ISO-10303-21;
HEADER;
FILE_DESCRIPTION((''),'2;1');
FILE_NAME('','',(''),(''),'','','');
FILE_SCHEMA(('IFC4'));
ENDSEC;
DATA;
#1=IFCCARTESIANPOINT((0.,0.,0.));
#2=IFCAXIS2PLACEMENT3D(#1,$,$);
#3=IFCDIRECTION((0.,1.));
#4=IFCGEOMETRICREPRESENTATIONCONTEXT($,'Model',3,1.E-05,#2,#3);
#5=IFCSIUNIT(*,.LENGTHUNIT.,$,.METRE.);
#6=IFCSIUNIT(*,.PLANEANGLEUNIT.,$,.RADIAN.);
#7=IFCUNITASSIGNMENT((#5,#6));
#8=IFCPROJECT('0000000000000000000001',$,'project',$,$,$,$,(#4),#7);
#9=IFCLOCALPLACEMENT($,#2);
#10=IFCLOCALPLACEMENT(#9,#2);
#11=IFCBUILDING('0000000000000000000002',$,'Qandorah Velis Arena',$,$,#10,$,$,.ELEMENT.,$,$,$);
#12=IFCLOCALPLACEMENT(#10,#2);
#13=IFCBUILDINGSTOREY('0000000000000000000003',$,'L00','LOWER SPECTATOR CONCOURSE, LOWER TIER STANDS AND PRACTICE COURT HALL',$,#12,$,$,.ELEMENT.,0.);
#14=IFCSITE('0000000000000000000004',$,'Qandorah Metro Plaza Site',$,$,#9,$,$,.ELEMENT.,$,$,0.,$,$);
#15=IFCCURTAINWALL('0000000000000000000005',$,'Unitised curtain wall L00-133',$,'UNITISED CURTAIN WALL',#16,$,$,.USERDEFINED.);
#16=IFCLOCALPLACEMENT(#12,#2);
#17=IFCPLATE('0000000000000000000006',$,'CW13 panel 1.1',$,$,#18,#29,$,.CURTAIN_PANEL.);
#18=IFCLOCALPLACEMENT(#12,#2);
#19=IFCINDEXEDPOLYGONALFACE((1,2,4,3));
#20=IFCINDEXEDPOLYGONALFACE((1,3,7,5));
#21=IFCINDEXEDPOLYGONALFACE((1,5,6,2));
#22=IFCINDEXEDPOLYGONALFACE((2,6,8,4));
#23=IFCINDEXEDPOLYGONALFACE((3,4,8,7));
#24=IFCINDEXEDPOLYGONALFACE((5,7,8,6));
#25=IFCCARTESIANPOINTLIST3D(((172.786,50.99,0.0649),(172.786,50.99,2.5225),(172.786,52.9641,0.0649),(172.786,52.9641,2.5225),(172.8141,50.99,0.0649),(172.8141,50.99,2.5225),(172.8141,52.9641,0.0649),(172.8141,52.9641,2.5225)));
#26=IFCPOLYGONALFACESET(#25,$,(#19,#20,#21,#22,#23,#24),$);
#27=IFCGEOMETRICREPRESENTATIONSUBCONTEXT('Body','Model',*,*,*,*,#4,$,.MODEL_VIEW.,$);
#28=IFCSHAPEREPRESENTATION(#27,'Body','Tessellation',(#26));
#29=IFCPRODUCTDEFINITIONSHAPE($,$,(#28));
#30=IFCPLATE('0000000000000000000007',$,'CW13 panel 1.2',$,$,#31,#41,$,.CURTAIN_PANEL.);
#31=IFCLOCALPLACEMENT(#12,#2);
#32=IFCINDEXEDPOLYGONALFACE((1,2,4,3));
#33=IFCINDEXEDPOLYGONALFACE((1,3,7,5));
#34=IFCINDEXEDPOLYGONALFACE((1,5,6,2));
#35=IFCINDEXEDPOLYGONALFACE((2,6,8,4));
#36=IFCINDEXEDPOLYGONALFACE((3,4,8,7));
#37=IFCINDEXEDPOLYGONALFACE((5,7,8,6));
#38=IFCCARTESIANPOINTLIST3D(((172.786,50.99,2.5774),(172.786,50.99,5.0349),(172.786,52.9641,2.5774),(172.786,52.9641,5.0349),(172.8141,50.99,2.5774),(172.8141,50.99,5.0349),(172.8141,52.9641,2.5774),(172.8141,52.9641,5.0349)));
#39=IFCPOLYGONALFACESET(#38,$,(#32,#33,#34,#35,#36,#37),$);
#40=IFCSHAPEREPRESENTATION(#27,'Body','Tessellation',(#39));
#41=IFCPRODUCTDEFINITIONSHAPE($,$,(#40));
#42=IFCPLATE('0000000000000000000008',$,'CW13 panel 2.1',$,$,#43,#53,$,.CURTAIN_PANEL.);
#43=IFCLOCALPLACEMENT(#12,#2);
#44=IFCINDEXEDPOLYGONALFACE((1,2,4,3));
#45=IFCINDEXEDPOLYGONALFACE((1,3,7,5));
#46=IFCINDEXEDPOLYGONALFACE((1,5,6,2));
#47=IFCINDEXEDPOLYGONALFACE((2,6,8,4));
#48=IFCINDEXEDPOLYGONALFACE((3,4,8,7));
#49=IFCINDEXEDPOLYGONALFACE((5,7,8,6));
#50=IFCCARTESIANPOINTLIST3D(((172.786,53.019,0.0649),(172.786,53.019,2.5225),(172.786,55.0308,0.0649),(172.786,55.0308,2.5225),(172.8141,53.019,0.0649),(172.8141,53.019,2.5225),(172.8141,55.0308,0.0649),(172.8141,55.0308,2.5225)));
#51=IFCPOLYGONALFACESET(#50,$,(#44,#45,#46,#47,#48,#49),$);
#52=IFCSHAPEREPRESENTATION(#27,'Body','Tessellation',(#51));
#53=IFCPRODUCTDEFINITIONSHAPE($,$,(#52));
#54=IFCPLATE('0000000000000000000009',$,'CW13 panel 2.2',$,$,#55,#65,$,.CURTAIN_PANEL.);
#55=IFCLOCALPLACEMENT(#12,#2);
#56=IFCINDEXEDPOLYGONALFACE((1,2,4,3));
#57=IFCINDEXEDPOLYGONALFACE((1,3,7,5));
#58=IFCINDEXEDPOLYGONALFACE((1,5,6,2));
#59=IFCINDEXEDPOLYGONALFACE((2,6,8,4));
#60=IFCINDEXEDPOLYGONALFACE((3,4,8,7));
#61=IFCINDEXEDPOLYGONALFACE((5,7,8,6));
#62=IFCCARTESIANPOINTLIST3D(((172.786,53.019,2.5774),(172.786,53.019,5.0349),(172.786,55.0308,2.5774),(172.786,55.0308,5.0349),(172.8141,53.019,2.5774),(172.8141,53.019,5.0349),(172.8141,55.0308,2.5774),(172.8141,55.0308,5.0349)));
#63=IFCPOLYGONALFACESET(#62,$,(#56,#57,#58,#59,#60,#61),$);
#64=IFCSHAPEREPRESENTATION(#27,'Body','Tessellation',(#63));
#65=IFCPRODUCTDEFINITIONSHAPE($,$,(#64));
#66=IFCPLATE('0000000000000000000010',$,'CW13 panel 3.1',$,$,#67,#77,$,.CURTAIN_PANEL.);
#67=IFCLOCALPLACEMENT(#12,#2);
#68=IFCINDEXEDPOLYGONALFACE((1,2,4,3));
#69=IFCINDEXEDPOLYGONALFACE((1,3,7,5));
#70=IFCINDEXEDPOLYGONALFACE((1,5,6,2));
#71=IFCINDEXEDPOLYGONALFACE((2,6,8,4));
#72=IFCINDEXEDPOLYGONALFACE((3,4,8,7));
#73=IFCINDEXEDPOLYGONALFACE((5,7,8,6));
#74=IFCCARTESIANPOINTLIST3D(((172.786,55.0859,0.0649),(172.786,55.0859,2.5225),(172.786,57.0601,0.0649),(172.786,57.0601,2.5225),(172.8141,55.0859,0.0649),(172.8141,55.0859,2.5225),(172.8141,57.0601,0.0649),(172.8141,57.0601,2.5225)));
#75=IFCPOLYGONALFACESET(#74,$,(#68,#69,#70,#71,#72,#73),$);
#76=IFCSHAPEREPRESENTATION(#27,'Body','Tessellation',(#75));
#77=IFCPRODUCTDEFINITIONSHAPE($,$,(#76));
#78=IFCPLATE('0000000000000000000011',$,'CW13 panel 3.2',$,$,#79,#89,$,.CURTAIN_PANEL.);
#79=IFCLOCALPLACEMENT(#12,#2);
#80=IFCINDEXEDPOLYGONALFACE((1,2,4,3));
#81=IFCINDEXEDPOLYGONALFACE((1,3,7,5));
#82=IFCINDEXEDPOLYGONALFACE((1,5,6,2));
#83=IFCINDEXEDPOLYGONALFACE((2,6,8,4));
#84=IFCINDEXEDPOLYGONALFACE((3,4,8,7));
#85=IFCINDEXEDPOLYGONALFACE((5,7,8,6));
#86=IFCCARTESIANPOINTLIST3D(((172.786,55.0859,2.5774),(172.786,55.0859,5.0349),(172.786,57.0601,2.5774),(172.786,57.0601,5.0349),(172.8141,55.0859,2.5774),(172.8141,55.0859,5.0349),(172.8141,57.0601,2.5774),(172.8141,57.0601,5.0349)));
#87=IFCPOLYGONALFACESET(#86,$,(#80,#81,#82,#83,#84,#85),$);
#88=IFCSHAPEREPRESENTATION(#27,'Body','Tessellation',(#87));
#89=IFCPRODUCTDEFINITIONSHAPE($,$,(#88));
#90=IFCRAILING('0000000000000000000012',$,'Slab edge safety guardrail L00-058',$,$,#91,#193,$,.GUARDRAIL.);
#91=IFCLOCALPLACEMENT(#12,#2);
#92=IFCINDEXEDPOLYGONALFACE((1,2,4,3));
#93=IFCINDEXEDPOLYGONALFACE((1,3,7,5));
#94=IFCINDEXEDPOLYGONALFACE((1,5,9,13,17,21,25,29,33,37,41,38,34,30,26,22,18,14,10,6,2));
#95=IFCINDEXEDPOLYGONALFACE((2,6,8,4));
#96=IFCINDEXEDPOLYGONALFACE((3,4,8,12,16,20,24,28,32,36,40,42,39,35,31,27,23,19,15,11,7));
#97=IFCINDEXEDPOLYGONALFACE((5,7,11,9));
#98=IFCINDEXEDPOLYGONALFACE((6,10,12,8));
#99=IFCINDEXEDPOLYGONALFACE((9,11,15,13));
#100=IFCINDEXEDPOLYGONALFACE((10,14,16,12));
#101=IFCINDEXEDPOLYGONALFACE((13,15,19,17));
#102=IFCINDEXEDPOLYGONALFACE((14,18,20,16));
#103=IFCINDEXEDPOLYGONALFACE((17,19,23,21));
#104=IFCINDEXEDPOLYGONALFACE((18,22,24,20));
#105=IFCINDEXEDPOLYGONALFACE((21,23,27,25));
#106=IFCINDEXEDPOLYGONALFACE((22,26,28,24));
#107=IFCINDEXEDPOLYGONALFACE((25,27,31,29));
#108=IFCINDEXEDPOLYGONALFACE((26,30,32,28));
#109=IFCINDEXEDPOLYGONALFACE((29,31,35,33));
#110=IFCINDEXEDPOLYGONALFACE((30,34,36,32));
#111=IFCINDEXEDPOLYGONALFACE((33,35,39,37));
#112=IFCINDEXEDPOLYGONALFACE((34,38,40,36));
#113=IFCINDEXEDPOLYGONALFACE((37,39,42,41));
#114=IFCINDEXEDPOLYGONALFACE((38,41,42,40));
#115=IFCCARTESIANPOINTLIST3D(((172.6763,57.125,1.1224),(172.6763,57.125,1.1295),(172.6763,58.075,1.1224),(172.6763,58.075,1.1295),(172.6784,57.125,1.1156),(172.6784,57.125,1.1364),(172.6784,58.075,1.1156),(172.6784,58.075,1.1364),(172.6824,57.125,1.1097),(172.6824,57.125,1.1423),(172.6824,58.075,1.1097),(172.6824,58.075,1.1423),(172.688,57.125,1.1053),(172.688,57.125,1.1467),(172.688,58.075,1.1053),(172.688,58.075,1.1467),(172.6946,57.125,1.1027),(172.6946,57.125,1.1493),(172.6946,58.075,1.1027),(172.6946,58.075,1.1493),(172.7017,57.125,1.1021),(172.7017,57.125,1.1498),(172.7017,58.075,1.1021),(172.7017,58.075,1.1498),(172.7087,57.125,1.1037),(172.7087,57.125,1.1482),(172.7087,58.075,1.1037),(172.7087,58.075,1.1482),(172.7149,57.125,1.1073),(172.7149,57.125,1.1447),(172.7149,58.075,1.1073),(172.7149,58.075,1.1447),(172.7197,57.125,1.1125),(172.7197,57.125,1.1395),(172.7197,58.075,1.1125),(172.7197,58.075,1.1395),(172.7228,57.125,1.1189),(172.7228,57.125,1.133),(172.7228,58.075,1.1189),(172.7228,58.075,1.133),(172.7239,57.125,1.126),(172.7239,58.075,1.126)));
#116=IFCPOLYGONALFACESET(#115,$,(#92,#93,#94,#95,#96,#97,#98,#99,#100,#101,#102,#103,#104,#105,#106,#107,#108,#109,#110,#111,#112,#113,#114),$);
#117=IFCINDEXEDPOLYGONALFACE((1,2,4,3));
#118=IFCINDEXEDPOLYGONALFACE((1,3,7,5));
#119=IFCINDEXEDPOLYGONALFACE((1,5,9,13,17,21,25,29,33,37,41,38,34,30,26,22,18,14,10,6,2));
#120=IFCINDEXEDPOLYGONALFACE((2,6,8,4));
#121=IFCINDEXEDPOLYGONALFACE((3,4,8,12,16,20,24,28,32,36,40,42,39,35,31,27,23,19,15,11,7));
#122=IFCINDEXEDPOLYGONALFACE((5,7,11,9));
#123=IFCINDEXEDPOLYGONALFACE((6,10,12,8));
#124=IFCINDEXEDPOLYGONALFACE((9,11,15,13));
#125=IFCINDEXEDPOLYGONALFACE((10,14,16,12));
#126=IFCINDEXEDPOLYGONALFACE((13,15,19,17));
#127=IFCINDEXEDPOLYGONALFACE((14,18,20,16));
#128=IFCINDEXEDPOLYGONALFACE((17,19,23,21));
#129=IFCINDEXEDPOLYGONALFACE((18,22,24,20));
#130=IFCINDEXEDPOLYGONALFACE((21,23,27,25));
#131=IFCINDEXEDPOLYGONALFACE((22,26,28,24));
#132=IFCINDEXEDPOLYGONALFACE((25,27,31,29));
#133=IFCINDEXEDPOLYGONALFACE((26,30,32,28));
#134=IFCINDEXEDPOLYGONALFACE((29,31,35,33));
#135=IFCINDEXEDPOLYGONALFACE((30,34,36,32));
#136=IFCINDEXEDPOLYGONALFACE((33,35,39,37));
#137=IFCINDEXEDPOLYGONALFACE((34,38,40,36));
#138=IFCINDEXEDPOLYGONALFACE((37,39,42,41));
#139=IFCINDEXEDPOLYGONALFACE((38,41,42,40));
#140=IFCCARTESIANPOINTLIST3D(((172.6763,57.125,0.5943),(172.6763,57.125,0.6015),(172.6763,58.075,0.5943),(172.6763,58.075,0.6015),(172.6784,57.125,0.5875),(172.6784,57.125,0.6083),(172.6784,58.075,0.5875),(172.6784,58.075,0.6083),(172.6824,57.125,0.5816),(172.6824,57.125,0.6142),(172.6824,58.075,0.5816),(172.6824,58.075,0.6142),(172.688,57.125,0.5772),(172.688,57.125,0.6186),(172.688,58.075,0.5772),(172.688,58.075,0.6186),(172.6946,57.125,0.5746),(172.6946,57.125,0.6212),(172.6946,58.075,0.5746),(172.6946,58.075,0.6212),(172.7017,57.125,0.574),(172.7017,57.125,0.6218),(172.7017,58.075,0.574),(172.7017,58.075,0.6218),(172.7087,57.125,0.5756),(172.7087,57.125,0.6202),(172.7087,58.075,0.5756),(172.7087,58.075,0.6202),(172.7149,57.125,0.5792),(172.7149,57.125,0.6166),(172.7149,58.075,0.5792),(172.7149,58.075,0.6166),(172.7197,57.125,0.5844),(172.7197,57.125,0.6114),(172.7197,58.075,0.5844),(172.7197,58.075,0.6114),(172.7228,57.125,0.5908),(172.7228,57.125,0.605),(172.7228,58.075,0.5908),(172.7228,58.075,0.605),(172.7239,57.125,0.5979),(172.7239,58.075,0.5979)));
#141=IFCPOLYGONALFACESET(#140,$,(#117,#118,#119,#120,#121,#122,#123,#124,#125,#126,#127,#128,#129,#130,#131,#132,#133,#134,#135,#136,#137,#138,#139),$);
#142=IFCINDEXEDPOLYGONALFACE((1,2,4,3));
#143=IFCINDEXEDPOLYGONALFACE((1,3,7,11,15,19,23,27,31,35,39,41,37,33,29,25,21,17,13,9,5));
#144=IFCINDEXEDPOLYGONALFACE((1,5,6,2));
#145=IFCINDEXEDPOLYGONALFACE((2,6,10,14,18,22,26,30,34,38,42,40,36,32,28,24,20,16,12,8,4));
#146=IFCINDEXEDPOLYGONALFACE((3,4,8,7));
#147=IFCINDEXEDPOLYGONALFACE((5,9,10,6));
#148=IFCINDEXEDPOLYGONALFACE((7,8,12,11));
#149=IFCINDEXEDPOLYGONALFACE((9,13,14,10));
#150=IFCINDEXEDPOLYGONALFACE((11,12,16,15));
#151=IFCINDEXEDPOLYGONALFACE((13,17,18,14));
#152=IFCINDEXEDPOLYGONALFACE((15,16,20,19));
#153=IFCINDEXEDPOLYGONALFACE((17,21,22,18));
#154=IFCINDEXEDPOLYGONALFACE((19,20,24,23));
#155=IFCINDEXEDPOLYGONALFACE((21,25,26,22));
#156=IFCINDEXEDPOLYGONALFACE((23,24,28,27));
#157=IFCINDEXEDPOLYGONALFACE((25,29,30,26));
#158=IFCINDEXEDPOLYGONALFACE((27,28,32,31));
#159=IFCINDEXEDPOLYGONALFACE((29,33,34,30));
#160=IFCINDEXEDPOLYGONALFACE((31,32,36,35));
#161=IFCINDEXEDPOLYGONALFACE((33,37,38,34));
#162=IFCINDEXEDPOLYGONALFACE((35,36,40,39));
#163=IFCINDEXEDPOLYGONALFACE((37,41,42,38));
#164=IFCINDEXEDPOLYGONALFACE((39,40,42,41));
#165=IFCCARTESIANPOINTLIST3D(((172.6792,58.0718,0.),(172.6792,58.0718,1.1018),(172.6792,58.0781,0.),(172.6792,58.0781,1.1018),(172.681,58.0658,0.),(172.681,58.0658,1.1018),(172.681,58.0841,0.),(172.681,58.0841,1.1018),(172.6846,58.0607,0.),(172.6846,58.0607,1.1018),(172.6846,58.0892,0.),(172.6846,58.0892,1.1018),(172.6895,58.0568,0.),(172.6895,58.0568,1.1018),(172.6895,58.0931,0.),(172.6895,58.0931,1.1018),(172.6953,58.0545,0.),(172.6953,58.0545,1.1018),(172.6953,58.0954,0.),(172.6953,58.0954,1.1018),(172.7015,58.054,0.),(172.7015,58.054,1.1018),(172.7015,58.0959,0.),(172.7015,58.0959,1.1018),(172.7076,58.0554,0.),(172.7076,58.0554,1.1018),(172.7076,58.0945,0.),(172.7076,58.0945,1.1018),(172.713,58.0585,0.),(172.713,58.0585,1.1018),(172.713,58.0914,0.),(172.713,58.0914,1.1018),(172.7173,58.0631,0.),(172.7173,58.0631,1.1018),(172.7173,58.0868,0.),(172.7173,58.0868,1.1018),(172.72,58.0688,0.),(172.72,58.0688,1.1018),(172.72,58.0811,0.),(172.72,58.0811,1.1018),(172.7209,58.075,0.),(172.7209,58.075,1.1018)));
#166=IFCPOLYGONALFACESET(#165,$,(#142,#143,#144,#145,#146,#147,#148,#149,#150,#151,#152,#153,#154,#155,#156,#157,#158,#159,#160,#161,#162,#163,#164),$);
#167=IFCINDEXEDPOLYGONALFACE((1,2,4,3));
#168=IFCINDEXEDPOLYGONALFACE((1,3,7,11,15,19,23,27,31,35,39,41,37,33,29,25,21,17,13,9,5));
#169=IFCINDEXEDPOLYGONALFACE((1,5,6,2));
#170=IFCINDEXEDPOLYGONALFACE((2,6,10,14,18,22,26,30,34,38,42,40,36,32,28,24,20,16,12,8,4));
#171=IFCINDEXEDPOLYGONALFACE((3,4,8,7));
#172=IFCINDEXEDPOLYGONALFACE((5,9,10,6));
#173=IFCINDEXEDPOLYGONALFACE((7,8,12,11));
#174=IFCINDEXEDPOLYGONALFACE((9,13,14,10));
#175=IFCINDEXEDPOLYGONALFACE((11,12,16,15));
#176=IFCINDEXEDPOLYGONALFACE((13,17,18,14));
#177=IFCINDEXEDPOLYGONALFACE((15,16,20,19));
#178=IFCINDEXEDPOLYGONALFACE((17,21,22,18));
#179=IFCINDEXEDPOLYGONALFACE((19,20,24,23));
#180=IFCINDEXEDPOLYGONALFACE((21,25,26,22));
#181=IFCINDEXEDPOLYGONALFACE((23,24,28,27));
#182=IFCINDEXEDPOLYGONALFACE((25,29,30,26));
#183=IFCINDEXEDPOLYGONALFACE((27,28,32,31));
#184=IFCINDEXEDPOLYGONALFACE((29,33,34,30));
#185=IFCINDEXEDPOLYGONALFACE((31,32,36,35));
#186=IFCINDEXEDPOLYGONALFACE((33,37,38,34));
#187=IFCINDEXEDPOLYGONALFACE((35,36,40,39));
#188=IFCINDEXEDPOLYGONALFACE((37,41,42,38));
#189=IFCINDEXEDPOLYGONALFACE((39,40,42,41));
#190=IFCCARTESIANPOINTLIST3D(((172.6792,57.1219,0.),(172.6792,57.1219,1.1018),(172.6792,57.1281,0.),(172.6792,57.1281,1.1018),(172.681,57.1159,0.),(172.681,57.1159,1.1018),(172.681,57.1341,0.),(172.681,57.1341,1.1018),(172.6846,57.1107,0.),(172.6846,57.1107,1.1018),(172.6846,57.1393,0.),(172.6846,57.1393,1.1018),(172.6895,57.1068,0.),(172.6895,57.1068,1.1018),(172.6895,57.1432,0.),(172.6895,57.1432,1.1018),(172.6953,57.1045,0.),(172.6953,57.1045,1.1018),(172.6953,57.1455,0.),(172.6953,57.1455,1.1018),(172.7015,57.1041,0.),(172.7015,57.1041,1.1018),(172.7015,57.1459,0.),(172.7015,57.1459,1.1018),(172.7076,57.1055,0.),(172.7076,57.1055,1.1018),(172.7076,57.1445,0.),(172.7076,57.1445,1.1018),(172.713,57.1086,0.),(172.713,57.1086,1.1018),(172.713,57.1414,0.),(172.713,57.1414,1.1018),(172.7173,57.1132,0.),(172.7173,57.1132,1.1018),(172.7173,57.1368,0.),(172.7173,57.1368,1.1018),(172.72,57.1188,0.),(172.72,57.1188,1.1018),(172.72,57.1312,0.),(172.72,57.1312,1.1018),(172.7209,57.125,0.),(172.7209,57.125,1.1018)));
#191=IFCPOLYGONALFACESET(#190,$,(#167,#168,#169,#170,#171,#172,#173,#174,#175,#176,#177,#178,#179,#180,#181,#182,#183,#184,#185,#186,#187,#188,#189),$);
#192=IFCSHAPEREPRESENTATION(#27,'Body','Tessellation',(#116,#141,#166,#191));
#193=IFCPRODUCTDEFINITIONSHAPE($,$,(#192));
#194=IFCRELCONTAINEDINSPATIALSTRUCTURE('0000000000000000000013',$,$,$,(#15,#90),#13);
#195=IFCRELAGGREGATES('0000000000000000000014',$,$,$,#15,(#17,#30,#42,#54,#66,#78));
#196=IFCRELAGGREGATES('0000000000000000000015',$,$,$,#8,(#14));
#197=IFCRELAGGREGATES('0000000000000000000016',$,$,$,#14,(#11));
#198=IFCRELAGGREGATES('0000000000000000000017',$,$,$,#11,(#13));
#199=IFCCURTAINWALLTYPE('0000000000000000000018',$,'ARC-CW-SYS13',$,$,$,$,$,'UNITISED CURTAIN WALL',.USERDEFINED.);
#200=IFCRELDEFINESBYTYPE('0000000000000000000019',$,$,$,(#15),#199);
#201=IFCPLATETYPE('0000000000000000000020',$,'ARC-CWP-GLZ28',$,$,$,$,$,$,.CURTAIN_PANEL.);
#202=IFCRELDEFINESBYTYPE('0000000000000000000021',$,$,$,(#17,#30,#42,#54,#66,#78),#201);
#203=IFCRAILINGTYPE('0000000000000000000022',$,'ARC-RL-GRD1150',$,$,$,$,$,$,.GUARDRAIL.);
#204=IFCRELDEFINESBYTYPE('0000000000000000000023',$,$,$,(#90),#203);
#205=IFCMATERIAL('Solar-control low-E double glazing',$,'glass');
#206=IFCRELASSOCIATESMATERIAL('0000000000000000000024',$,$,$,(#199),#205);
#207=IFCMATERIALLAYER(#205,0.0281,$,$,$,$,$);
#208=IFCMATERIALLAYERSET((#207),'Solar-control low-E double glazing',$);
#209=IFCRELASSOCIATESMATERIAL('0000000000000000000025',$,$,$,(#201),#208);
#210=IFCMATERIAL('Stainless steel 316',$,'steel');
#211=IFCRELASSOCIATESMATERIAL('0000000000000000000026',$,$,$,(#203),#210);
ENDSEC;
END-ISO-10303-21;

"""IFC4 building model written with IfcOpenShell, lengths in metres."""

from ifc_helpers import new_model, si_unit, direction, frame, origin, origin_2d, place, context, subcontext, project, spatial, rectangle, circle, extrude, material, layer, layer_set, type_object, element, aggregate, save


model = new_model("IFC4")

# Units and contexts
model_context = context("Model", 3, precision=1e-05, world=origin(), true_north=direction((0.0, 1.0)))
body_context = subcontext(model_context, "Body", "Model", "MODEL_VIEW")
ifc_project = project(units=[si_unit("LENGTHUNIT", "METRE"), si_unit("PLANEANGLEUNIT", "RADIAN")], contexts=[model_context])

# Site, building, storey
site_placement = place(None, origin())
site = spatial("IfcSite", under=ifc_project, at=site_placement, Name="Qandorah Metro Plaza Site", CompositionType="ELEMENT", RefElevation=0.0)
building_placement = place(site_placement, origin())
building = spatial("IfcBuilding", under=site, at=building_placement, Name="Qandorah Velis Arena", CompositionType="ELEMENT")
storey_placement = place(building_placement, origin())
storey = spatial("IfcBuildingStorey", under=building, at=storey_placement, Name="L00", Description="LOWER SPECTATOR CONCOURSE, LOWER TIER STANDS AND PRACTICE COURT HALL", CompositionType="ELEMENT", Elevation=0.0)

# Shared definitions
ifc_material_1 = material(Name="Solar-control low-E double glazing", Category="glass")

# Curtain wall
curtain_wall_type_1 = type_object("IfcCurtainWallType", Name="ARC-CW-SYS13", ElementType="UNITISED CURTAIN WALL", PredefinedType="USERDEFINED", material=ifc_material_1)
curtain_wall_1_placement = place(storey_placement, origin())
curtain_wall_1 = element("IfcCurtainWall", 1, at=curtain_wall_1_placement, inside=storey, type_object=curtain_wall_type_1, Name="Unitised curtain wall L00-133", ObjectType="UNITISED CURTAIN WALL", PredefinedType="USERDEFINED")

# Plates
ifc_layer = layer(ifc_material_1, 0.0281)
ifc_layer_set = layer_set([ifc_layer], Name="Solar-control low-E double glazing")
plate_type = type_object("IfcPlateType", Name="ARC-CWP-GLZ28", PredefinedType="CURTAIN_PANEL", material=ifc_layer_set)
plate_1_placement = place(storey_placement, frame((172.8, 51.9771, 0.0649), z_axis=(0.0, 0.0, 1.0), x_axis=(0.0, 1.0, 0.0)))
plate_1 = element("IfcPlate", 2, at=plate_1_placement, type_object=plate_type, Name="CW13 panel 1.1", PredefinedType="CURTAIN_PANEL", context=body_context, shape_type="SweptSolid", body=[
    extrude(rectangle(XDim=1.9741, YDim=0.0281, at=origin_2d()), origin(), (0.0, 0.0, 1.0), 2.4575),
])
plate_2_placement = place(storey_placement, frame((172.8, 51.9771, 2.5774), z_axis=(0.0, 0.0, 1.0), x_axis=(0.0, 1.0, 0.0)))
plate_2 = element("IfcPlate", 3, at=plate_2_placement, type_object=plate_type, Name="CW13 panel 1.2", PredefinedType="CURTAIN_PANEL", context=body_context, shape_type="SweptSolid", body=[
    extrude(rectangle(XDim=1.9741, YDim=0.0281, at=origin_2d()), origin(), (0.0, 0.0, 1.0), 2.4575),
])
plate_3_placement = place(storey_placement, frame((172.8, 54.0249, 0.0649), z_axis=(0.0, 0.0, 1.0), x_axis=(0.0, 1.0, 0.0)))
plate_3 = element("IfcPlate", 4, at=plate_3_placement, type_object=plate_type, Name="CW13 panel 2.1", PredefinedType="CURTAIN_PANEL", context=body_context, shape_type="SweptSolid", body=[
    extrude(rectangle(XDim=2.0117, YDim=0.0281, at=origin_2d()), origin(), (0.0, 0.0, 1.0), 2.4575),
])
plate_4_placement = place(storey_placement, frame((172.8, 54.0249, 2.5774), z_axis=(0.0, 0.0, 1.0), x_axis=(0.0, 1.0, 0.0)))
plate_4 = element("IfcPlate", 5, at=plate_4_placement, type_object=plate_type, Name="CW13 panel 2.2", PredefinedType="CURTAIN_PANEL", context=body_context, shape_type="SweptSolid", body=[
    extrude(rectangle(XDim=2.0117, YDim=0.0281, at=origin_2d()), origin(), (0.0, 0.0, 1.0), 2.4575),
])
plate_5_placement = place(storey_placement, frame((172.8, 56.073, 0.0649), z_axis=(0.0, 0.0, 1.0), x_axis=(0.0, 1.0, 0.0)))
plate_5 = element("IfcPlate", 6, at=plate_5_placement, type_object=plate_type, Name="CW13 panel 3.1", PredefinedType="CURTAIN_PANEL", context=body_context, shape_type="SweptSolid", body=[
    extrude(rectangle(XDim=1.9741, YDim=0.0281, at=origin_2d()), origin(), (0.0, 0.0, 1.0), 2.4575),
])
plate_6_placement = place(storey_placement, frame((172.8, 56.073, 2.5774), z_axis=(0.0, 0.0, 1.0), x_axis=(0.0, 1.0, 0.0)))
plate_6 = element("IfcPlate", 7, at=plate_6_placement, type_object=plate_type, Name="CW13 panel 3.2", PredefinedType="CURTAIN_PANEL", context=body_context, shape_type="SweptSolid", body=[
    extrude(rectangle(XDim=1.9741, YDim=0.0281, at=origin_2d()), origin(), (0.0, 0.0, 1.0), 2.4575),
])
aggregate(curtain_wall_1, [plate_1, plate_2, plate_3, plate_4, plate_5, plate_6])

# Railing
ifc_material_2 = material(Name="Stainless steel 316", Category="steel")
railing_type = type_object("IfcRailingType", Name="ARC-RL-GRD1150", PredefinedType="GUARDRAIL", material=ifc_material_2)
railing_1_placement = place(storey_placement, frame((172.7, 58.075, 0.0)))
element("IfcRailing", 8, at=railing_1_placement, inside=storey, type_object=railing_type, Name="Slab edge safety guardrail L00-058", PredefinedType="GUARDRAIL", context=body_context, shape_type="SweptSolid", body=[
    extrude(circle(Radius=0.0239, at=origin_2d()), frame((0.0, 0.0, 1.126), z_axis=(0.0, -1.0, 0.0), x_axis=(1.0, 0.0, 0.0)), (0.0, 0.0, 1.0), 0.95),
    extrude(circle(Radius=0.0239, at=origin_2d()), frame((0.0, 0.0, 0.5979), z_axis=(0.0, -1.0, 0.0), x_axis=(1.0, 0.0, 0.0)), (0.0, 0.0, 1.0), 0.95),
    extrude(circle(Radius=0.021, at=origin_2d()), origin(), (0.0, 0.0, 1.0), 1.1018),
    extrude(circle(Radius=0.021, at=origin_2d()), frame((0.0, -0.95, 0.0)), (0.0, 0.0, 1.0), 1.1018),
])

save(model, "model.ifc")
